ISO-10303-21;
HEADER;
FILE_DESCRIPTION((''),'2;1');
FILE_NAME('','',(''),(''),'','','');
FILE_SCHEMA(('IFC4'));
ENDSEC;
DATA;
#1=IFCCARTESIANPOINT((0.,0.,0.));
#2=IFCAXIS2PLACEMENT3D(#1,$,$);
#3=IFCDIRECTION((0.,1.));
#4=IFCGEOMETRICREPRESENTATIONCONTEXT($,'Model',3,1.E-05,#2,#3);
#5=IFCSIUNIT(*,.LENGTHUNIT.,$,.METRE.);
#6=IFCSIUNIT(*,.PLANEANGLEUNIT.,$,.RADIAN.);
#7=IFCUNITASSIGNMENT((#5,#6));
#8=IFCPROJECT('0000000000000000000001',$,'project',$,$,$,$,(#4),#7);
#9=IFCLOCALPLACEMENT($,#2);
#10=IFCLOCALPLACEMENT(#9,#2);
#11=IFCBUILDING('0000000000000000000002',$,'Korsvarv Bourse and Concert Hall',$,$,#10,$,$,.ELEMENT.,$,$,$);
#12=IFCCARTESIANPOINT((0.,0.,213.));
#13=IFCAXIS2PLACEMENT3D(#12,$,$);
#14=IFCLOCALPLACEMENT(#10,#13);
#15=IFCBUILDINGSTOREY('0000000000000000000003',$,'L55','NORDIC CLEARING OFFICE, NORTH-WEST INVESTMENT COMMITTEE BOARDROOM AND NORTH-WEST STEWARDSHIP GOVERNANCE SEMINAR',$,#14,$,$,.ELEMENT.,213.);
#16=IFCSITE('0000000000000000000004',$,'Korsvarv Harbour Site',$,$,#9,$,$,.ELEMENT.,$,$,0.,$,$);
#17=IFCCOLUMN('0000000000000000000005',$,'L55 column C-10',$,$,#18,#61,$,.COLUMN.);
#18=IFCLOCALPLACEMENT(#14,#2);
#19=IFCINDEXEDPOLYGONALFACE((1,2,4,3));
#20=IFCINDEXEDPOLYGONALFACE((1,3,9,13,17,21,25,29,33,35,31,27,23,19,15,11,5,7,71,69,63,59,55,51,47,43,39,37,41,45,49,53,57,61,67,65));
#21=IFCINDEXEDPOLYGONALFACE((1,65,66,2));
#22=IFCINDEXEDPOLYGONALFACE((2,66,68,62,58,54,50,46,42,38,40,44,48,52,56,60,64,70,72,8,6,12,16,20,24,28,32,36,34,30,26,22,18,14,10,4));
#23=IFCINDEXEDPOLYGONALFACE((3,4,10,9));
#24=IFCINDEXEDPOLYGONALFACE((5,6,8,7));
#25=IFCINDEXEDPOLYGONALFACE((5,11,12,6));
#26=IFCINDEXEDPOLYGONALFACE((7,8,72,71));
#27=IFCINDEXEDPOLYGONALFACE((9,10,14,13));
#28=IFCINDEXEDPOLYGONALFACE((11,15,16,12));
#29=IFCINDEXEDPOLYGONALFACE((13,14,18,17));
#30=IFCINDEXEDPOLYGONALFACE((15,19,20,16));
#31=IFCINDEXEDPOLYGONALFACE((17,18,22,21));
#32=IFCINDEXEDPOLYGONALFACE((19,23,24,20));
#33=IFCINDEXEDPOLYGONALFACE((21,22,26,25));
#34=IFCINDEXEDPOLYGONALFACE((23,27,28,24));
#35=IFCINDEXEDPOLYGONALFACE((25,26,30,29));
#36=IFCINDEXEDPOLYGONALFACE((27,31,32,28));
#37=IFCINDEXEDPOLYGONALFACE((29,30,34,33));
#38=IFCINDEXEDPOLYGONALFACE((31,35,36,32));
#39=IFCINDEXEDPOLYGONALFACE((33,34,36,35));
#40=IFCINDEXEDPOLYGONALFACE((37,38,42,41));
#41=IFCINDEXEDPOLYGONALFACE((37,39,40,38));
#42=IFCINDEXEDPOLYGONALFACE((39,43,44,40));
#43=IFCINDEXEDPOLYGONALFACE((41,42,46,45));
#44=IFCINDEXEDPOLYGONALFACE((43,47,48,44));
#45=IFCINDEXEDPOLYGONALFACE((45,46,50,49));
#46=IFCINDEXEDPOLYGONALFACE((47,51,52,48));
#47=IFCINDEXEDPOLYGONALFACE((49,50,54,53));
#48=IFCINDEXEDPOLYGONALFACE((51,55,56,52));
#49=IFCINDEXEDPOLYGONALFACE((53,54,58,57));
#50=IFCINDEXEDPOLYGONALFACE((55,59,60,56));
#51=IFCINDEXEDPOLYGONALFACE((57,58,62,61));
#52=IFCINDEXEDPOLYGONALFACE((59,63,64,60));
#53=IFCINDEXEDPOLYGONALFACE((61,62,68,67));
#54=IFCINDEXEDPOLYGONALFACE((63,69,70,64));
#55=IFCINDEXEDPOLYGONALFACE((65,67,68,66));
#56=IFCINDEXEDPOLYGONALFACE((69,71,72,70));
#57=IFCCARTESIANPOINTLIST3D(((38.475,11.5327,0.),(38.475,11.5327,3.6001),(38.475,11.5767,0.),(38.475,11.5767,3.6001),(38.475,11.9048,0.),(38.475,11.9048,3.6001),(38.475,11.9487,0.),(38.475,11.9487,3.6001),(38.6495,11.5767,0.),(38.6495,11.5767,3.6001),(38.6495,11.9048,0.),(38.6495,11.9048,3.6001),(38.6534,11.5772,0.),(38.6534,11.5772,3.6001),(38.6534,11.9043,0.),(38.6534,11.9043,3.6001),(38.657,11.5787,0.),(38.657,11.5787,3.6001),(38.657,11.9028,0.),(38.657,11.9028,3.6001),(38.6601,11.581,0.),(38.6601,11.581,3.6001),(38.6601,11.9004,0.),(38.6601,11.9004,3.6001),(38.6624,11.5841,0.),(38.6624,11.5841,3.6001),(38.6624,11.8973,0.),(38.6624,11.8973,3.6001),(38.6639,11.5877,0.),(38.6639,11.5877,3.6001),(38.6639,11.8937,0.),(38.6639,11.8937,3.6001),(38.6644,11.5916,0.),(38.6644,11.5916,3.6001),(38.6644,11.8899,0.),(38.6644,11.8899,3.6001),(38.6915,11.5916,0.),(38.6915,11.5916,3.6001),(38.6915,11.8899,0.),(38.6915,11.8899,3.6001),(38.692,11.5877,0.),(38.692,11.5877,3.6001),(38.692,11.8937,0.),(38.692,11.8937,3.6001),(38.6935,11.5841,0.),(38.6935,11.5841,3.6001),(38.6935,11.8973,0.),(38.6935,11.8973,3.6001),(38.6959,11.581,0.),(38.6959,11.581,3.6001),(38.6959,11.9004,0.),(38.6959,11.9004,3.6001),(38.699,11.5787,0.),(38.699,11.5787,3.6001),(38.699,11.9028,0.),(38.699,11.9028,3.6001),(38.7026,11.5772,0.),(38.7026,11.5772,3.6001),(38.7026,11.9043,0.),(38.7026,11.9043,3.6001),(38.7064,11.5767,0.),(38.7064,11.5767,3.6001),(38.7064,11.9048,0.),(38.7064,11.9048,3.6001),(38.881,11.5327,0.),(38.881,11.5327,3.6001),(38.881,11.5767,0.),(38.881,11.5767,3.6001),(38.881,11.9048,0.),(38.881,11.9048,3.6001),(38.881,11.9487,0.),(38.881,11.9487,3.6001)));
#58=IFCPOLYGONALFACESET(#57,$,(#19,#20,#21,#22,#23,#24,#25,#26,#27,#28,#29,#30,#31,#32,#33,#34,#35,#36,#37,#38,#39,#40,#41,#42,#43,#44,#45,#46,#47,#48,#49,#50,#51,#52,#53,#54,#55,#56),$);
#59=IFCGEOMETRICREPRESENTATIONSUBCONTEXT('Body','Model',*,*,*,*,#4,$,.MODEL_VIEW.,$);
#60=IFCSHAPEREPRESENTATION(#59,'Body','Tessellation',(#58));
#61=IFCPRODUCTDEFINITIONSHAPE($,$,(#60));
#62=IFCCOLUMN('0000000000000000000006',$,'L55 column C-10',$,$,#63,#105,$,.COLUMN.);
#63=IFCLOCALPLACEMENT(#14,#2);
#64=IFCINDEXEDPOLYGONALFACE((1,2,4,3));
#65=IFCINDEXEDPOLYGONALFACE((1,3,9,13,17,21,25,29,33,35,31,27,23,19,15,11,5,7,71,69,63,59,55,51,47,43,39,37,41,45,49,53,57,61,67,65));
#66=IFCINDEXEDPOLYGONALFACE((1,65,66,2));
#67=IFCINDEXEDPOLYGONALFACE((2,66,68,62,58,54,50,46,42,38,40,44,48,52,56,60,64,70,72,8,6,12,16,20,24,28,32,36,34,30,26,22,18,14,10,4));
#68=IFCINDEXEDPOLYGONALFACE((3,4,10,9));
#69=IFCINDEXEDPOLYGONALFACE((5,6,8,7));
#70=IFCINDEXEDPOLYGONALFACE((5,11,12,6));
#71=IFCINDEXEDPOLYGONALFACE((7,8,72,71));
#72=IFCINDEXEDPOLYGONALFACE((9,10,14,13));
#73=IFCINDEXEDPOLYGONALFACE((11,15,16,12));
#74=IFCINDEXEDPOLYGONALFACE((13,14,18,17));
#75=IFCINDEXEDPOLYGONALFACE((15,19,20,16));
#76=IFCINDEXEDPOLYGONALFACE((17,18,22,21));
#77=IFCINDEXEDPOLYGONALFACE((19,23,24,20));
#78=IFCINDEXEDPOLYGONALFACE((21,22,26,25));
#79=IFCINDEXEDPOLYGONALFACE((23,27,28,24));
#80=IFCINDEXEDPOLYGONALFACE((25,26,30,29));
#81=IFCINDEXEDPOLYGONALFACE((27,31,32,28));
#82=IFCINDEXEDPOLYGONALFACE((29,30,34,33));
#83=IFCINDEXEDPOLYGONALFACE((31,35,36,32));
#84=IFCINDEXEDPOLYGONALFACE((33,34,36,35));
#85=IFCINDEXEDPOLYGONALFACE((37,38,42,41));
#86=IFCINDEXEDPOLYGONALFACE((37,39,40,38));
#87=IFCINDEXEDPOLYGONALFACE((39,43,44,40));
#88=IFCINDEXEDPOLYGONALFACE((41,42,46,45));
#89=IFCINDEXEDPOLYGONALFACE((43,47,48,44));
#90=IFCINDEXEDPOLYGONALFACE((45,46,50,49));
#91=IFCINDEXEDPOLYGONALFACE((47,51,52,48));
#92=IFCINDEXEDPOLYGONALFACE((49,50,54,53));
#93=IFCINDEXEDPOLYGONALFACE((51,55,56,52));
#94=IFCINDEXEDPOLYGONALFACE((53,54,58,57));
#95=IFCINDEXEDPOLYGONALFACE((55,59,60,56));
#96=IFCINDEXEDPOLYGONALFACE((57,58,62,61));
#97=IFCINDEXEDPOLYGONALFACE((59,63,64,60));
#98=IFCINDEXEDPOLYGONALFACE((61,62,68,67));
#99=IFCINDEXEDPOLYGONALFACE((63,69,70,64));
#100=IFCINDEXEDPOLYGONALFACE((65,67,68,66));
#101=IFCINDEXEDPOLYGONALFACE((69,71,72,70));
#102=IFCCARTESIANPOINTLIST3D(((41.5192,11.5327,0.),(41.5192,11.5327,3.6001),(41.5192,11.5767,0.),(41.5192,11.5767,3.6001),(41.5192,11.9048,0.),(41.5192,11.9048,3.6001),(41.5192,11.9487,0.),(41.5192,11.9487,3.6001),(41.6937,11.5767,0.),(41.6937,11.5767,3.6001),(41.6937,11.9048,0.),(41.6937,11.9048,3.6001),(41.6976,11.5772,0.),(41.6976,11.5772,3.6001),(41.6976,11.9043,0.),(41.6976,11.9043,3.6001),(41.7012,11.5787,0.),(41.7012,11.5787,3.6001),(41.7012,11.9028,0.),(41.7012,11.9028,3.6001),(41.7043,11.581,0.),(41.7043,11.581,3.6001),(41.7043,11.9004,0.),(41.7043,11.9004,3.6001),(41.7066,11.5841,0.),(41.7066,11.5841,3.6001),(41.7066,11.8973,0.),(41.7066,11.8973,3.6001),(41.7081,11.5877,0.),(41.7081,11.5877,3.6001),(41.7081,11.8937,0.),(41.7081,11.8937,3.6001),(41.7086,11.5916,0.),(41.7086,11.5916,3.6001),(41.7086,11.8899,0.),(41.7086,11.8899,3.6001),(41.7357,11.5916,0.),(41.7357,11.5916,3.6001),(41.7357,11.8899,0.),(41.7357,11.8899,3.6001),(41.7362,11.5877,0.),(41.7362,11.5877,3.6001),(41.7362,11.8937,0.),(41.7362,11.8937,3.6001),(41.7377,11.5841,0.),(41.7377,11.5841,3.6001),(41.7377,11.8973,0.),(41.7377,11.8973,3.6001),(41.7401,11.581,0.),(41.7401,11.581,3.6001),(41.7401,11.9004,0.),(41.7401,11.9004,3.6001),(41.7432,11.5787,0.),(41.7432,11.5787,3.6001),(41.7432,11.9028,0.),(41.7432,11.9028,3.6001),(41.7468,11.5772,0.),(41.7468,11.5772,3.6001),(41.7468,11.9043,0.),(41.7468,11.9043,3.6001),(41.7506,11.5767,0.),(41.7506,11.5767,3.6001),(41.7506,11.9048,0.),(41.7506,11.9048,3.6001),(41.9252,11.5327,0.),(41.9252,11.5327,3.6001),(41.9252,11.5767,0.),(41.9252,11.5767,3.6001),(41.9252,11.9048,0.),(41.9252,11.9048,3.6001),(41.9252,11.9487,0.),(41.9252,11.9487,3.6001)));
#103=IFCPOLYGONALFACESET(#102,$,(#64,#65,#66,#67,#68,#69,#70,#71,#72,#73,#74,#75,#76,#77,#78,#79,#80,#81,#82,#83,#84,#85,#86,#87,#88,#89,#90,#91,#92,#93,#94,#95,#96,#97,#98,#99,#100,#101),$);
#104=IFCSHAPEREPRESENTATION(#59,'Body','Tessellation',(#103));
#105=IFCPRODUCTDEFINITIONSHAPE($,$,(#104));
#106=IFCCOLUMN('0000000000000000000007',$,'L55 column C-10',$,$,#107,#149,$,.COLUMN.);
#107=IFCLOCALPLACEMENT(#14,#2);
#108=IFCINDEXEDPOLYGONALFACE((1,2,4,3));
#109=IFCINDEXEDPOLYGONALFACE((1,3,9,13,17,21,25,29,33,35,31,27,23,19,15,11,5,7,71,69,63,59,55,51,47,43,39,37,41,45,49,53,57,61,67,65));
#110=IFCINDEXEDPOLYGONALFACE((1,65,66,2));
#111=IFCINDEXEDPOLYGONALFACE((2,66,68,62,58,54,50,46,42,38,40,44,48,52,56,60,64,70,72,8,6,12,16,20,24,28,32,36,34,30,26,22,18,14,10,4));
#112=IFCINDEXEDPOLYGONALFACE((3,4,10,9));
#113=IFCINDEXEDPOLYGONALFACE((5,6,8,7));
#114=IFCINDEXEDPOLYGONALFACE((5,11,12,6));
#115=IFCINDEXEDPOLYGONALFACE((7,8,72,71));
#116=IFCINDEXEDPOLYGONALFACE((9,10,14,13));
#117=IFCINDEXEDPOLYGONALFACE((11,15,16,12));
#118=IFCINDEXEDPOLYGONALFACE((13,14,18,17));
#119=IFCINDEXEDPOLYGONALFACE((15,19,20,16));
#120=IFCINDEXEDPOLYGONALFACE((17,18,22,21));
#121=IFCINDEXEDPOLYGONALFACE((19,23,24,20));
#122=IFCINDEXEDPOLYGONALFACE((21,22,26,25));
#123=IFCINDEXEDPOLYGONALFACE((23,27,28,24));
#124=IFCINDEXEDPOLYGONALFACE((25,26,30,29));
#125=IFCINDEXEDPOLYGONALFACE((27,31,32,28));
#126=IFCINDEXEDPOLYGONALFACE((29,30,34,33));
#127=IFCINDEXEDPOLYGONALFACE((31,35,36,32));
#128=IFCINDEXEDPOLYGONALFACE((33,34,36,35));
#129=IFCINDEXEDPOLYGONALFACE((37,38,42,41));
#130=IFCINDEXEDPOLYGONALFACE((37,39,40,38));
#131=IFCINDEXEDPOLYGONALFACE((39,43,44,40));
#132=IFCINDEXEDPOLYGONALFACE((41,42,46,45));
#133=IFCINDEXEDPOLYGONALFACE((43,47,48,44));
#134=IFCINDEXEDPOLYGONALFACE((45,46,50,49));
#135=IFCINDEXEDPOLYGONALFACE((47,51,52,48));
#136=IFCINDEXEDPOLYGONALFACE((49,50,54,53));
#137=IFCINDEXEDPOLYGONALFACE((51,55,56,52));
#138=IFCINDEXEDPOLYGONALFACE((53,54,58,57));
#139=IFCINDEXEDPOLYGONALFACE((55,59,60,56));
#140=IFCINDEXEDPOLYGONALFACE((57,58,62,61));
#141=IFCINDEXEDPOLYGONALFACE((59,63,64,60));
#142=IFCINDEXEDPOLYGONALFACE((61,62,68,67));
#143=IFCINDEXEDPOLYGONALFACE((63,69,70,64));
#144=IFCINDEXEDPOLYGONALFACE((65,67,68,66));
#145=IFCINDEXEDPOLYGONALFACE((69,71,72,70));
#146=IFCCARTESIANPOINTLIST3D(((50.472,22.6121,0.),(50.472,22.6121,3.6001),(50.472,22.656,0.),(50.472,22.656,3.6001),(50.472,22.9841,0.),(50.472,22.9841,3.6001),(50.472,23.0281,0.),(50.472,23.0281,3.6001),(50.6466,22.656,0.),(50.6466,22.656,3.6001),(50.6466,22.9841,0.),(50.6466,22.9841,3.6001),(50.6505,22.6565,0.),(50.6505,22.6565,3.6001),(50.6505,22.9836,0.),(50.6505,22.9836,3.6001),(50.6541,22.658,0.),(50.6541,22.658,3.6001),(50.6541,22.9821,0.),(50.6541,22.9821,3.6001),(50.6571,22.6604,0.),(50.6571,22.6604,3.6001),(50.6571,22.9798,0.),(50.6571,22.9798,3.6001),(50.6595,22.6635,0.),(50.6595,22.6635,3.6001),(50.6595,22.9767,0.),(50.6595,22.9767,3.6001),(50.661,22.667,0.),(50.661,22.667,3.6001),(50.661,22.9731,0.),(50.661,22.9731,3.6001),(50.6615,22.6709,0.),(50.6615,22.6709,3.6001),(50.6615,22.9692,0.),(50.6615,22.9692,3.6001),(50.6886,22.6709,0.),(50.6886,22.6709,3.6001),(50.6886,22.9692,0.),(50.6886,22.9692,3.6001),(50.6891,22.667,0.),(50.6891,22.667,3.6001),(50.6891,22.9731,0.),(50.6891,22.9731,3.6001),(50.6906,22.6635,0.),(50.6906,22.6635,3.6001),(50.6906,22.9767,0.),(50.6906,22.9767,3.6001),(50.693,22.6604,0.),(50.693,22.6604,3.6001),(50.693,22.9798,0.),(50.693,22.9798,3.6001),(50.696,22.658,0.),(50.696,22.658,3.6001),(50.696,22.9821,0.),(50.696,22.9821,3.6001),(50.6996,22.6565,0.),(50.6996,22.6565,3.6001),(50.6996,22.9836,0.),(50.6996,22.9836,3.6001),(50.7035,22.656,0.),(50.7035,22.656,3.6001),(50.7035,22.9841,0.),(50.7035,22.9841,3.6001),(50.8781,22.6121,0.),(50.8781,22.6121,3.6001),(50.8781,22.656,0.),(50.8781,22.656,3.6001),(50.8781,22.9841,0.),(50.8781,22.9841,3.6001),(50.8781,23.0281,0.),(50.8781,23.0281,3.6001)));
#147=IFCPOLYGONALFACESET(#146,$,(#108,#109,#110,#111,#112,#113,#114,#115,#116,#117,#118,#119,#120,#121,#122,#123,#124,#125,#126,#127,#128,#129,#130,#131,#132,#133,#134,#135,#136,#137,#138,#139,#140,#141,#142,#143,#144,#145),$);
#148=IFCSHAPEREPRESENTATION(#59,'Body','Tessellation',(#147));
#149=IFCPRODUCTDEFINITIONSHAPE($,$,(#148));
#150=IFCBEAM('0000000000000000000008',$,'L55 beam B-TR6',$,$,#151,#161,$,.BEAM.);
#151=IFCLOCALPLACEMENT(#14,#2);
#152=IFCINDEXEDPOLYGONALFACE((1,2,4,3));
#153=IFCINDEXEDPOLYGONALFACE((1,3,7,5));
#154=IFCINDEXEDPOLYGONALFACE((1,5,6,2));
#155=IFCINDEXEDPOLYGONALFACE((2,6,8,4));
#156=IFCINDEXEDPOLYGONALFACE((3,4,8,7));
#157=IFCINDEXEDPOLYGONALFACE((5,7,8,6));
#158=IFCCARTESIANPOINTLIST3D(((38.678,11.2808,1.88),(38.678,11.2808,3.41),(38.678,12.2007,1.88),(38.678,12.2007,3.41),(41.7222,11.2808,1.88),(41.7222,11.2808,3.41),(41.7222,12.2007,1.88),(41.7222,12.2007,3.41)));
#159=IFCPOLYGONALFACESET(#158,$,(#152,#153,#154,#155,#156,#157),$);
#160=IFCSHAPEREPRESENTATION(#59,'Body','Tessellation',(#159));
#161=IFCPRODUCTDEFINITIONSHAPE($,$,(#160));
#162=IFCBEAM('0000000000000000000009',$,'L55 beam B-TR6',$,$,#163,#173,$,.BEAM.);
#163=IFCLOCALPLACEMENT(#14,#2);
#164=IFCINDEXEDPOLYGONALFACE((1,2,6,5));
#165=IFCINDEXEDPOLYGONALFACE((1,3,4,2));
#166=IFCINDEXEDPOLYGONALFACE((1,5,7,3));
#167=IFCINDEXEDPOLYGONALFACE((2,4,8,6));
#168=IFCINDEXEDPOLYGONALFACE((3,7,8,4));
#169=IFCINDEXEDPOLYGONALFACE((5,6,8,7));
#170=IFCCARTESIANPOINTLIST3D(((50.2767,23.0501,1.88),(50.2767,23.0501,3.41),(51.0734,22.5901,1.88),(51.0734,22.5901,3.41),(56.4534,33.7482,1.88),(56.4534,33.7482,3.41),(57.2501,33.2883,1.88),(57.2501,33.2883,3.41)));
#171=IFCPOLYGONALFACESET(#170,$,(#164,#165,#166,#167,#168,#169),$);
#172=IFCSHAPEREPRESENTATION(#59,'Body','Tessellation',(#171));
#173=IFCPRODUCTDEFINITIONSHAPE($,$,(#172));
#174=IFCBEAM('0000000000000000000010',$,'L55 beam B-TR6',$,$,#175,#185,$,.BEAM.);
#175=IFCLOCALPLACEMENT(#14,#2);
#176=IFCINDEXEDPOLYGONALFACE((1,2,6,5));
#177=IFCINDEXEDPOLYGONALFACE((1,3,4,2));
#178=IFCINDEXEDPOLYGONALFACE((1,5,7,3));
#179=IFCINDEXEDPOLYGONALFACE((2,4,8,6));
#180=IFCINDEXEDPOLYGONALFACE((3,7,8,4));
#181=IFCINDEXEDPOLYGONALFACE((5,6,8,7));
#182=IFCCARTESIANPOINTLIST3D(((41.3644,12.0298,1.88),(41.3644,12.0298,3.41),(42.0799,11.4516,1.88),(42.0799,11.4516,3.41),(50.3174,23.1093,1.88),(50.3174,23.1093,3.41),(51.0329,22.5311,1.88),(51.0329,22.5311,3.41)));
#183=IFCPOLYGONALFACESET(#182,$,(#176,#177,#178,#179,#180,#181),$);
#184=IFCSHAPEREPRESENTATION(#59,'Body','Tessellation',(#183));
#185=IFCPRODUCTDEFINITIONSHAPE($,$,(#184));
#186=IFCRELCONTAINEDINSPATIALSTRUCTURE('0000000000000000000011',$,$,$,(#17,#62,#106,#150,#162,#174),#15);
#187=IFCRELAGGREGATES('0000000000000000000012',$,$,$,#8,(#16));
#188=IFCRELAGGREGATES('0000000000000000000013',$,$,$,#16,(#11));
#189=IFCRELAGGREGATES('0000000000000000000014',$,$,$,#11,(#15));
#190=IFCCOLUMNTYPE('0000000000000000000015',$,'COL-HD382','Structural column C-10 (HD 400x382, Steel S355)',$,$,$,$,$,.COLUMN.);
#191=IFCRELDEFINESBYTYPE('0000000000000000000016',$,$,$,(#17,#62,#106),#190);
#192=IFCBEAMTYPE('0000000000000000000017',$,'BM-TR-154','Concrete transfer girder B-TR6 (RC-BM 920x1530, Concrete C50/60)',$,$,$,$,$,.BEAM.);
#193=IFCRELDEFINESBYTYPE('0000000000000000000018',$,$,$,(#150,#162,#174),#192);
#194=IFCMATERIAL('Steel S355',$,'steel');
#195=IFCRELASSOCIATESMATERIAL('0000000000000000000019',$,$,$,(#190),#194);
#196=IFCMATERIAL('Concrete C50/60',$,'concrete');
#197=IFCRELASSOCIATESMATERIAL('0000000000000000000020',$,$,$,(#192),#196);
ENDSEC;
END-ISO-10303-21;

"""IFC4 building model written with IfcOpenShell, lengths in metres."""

from ifc_helpers import new_model, si_unit, direction, frame, origin, origin_2d, place, context, subcontext, project, spatial, rectangle, i_section, extrude, source, transform, mapped, material, material_profile, profile_set, type_object, element, save


model = new_model("IFC4")

# Units and contexts
model_context = context("Model", 3, precision=1e-05, world=origin(), true_north=direction((0.0, 1.0)))
body_context = subcontext(model_context, "Body", "Model", "MODEL_VIEW")
ifc_project = project(units=[si_unit("LENGTHUNIT", "METRE"), si_unit("PLANEANGLEUNIT", "RADIAN")], contexts=[model_context])

# Site, building, storey
site_placement = place(None, origin())
site = spatial("IfcSite", under=ifc_project, at=site_placement, Name="Korsvarv Harbour Site", CompositionType="ELEMENT", RefElevation=0.0)
building_placement = place(site_placement, origin())
building = spatial("IfcBuilding", under=site, at=building_placement, Name="Korsvarv Bourse and Concert Hall", CompositionType="ELEMENT")
storey_placement = place(building_placement, frame((0.0, 0.0, 213.0)))
storey = spatial("IfcBuildingStorey", under=building, at=storey_placement, Name="L55", Description="NORDIC CLEARING OFFICE, NORTH-WEST INVESTMENT COMMITTEE BOARDROOM AND NORTH-WEST STEWARDSHIP GOVERNANCE SEMINAR", CompositionType="ELEMENT", Elevation=213.0)

# Columns
ifc_material_1 = material(Name="Steel S355", Category="steel")
ifc_material_profile_1 = material_profile(ifc_material_1, i_section(OverallWidth=0.406, OverallDepth=0.416, WebThickness=0.0271, FlangeThickness=0.0439, FilletRadius=0.0149, at=origin_2d()), Name="HD 400x382")
ifc_profile_set_1 = profile_set([ifc_material_profile_1], Name="Steel S355")
column_type = type_object("IfcColumnType", Name="COL-HD382", Description="Structural column C-10 (HD 400x382, Steel S355)", PredefinedType="COLUMN", material=ifc_profile_set_1)
shared_shape_1 = source(origin(), body_context, "Body", "SweptSolid", [
    extrude(i_section(OverallWidth=0.406, OverallDepth=0.416, WebThickness=0.0271, FlangeThickness=0.0439, FilletRadius=0.0149, at=origin_2d()), origin(), (0.0, 0.0, 1.0), 3.6001),
])
for number, where, z_axis, x_axis, name in (
    (1, (38.678, 11.7407, 0.0), (0.0, 0.0, 1.0), (1.0, 0.0, 0.0), "L55 column C-10"),
    (2, (41.7222, 11.7407, 0.0), (0.0, 0.0, 1.0), (1.0, 0.0, 0.0), "L55 column C-10"),
    (3, (50.675, 22.8201, 0.0), (0.0, 0.0, 1.0), (1.0, 0.0, 0.0), "L55 column C-10"),
):
    element("IfcColumn", number, at=place(storey_placement, frame(where, z_axis=z_axis, x_axis=x_axis)), inside=storey, type_object=column_type, Name=name, PredefinedType="COLUMN", context=body_context, shape_type="MappedRepresentation", body=[
        mapped(shared_shape_1, transform((0.0, 0.0, 0.0), scale=1.0)),
    ])

# Beams
ifc_material_2 = material(Name="Concrete C50/60", Category="concrete")
ifc_material_profile_2 = material_profile(ifc_material_2, rectangle(XDim=0.9199, YDim=1.53, at=origin_2d()), Name="RC-BM 920x1530")
ifc_profile_set_2 = profile_set([ifc_material_profile_2], Name="Concrete C50/60")
beam_type_1 = type_object("IfcBeamType", Name="BM-TR-154", Description="Concrete transfer girder B-TR6 (RC-BM 920x1530, Concrete C50/60)", PredefinedType="BEAM", material=ifc_profile_set_2)
shared_shape_2 = source(origin(), body_context, "Body", "SweptSolid", [
    extrude(rectangle(XDim=0.9199, YDim=1.53, at=origin_2d()), origin(), (0.0, 0.0, 1.0), 3.0442),
])
beam_1_placement = place(storey_placement, frame((38.678, 11.7407, 2.645), z_axis=(1.0, 0.0, 0.0), x_axis=(0.0, 1.0, 0.0)))
element("IfcBeam", 4, at=beam_1_placement, inside=storey, type_object=beam_type_1, Name="L55 beam B-TR6", PredefinedType="BEAM", context=body_context, shape_type="MappedRepresentation", body=[
    mapped(shared_shape_2, transform((0.0, 0.0, 0.0), scale=1.0)),
])
shared_shape_3 = source(origin(), body_context, "Body", "SweptSolid", [
    extrude(rectangle(XDim=0.9199, YDim=1.53, at=origin_2d()), origin(), (0.0, 0.0, 1.0), 12.3533),
])
beam_2_placement = place(storey_placement, frame((50.675, 22.8201, 2.645), z_axis=(0.500008, 0.866021, 0.0), x_axis=(-0.866021, 0.500008, 0.0)))
element("IfcBeam", 5, at=beam_2_placement, inside=storey, type_object=beam_type_1, Name="L55 beam B-TR6", PredefinedType="BEAM", context=body_context, shape_type="MappedRepresentation", body=[
    mapped(shared_shape_3, transform((0.0, 0.0, 0.0), scale=1.0)),
])
shared_shape_4 = source(origin(), body_context, "Body", "SweptSolid", [
    extrude(rectangle(XDim=0.9199, YDim=1.53, at=origin_2d()), origin(), (0.0, 0.0, 1.0), 14.2446),
])
beam_3_placement = place(storey_placement, frame((41.7222, 11.7407, 2.645), z_axis=(0.628515, 0.777798, 0.0), x_axis=(-0.777798, 0.628515, 0.0)))
element("IfcBeam", 6, at=beam_3_placement, inside=storey, type_object=beam_type_1, Name="L55 beam B-TR6", PredefinedType="BEAM", context=body_context, shape_type="MappedRepresentation", body=[
    mapped(shared_shape_4, transform((0.0, 0.0, 0.0), scale=1.0)),
])

save(model, "model.ifc")
